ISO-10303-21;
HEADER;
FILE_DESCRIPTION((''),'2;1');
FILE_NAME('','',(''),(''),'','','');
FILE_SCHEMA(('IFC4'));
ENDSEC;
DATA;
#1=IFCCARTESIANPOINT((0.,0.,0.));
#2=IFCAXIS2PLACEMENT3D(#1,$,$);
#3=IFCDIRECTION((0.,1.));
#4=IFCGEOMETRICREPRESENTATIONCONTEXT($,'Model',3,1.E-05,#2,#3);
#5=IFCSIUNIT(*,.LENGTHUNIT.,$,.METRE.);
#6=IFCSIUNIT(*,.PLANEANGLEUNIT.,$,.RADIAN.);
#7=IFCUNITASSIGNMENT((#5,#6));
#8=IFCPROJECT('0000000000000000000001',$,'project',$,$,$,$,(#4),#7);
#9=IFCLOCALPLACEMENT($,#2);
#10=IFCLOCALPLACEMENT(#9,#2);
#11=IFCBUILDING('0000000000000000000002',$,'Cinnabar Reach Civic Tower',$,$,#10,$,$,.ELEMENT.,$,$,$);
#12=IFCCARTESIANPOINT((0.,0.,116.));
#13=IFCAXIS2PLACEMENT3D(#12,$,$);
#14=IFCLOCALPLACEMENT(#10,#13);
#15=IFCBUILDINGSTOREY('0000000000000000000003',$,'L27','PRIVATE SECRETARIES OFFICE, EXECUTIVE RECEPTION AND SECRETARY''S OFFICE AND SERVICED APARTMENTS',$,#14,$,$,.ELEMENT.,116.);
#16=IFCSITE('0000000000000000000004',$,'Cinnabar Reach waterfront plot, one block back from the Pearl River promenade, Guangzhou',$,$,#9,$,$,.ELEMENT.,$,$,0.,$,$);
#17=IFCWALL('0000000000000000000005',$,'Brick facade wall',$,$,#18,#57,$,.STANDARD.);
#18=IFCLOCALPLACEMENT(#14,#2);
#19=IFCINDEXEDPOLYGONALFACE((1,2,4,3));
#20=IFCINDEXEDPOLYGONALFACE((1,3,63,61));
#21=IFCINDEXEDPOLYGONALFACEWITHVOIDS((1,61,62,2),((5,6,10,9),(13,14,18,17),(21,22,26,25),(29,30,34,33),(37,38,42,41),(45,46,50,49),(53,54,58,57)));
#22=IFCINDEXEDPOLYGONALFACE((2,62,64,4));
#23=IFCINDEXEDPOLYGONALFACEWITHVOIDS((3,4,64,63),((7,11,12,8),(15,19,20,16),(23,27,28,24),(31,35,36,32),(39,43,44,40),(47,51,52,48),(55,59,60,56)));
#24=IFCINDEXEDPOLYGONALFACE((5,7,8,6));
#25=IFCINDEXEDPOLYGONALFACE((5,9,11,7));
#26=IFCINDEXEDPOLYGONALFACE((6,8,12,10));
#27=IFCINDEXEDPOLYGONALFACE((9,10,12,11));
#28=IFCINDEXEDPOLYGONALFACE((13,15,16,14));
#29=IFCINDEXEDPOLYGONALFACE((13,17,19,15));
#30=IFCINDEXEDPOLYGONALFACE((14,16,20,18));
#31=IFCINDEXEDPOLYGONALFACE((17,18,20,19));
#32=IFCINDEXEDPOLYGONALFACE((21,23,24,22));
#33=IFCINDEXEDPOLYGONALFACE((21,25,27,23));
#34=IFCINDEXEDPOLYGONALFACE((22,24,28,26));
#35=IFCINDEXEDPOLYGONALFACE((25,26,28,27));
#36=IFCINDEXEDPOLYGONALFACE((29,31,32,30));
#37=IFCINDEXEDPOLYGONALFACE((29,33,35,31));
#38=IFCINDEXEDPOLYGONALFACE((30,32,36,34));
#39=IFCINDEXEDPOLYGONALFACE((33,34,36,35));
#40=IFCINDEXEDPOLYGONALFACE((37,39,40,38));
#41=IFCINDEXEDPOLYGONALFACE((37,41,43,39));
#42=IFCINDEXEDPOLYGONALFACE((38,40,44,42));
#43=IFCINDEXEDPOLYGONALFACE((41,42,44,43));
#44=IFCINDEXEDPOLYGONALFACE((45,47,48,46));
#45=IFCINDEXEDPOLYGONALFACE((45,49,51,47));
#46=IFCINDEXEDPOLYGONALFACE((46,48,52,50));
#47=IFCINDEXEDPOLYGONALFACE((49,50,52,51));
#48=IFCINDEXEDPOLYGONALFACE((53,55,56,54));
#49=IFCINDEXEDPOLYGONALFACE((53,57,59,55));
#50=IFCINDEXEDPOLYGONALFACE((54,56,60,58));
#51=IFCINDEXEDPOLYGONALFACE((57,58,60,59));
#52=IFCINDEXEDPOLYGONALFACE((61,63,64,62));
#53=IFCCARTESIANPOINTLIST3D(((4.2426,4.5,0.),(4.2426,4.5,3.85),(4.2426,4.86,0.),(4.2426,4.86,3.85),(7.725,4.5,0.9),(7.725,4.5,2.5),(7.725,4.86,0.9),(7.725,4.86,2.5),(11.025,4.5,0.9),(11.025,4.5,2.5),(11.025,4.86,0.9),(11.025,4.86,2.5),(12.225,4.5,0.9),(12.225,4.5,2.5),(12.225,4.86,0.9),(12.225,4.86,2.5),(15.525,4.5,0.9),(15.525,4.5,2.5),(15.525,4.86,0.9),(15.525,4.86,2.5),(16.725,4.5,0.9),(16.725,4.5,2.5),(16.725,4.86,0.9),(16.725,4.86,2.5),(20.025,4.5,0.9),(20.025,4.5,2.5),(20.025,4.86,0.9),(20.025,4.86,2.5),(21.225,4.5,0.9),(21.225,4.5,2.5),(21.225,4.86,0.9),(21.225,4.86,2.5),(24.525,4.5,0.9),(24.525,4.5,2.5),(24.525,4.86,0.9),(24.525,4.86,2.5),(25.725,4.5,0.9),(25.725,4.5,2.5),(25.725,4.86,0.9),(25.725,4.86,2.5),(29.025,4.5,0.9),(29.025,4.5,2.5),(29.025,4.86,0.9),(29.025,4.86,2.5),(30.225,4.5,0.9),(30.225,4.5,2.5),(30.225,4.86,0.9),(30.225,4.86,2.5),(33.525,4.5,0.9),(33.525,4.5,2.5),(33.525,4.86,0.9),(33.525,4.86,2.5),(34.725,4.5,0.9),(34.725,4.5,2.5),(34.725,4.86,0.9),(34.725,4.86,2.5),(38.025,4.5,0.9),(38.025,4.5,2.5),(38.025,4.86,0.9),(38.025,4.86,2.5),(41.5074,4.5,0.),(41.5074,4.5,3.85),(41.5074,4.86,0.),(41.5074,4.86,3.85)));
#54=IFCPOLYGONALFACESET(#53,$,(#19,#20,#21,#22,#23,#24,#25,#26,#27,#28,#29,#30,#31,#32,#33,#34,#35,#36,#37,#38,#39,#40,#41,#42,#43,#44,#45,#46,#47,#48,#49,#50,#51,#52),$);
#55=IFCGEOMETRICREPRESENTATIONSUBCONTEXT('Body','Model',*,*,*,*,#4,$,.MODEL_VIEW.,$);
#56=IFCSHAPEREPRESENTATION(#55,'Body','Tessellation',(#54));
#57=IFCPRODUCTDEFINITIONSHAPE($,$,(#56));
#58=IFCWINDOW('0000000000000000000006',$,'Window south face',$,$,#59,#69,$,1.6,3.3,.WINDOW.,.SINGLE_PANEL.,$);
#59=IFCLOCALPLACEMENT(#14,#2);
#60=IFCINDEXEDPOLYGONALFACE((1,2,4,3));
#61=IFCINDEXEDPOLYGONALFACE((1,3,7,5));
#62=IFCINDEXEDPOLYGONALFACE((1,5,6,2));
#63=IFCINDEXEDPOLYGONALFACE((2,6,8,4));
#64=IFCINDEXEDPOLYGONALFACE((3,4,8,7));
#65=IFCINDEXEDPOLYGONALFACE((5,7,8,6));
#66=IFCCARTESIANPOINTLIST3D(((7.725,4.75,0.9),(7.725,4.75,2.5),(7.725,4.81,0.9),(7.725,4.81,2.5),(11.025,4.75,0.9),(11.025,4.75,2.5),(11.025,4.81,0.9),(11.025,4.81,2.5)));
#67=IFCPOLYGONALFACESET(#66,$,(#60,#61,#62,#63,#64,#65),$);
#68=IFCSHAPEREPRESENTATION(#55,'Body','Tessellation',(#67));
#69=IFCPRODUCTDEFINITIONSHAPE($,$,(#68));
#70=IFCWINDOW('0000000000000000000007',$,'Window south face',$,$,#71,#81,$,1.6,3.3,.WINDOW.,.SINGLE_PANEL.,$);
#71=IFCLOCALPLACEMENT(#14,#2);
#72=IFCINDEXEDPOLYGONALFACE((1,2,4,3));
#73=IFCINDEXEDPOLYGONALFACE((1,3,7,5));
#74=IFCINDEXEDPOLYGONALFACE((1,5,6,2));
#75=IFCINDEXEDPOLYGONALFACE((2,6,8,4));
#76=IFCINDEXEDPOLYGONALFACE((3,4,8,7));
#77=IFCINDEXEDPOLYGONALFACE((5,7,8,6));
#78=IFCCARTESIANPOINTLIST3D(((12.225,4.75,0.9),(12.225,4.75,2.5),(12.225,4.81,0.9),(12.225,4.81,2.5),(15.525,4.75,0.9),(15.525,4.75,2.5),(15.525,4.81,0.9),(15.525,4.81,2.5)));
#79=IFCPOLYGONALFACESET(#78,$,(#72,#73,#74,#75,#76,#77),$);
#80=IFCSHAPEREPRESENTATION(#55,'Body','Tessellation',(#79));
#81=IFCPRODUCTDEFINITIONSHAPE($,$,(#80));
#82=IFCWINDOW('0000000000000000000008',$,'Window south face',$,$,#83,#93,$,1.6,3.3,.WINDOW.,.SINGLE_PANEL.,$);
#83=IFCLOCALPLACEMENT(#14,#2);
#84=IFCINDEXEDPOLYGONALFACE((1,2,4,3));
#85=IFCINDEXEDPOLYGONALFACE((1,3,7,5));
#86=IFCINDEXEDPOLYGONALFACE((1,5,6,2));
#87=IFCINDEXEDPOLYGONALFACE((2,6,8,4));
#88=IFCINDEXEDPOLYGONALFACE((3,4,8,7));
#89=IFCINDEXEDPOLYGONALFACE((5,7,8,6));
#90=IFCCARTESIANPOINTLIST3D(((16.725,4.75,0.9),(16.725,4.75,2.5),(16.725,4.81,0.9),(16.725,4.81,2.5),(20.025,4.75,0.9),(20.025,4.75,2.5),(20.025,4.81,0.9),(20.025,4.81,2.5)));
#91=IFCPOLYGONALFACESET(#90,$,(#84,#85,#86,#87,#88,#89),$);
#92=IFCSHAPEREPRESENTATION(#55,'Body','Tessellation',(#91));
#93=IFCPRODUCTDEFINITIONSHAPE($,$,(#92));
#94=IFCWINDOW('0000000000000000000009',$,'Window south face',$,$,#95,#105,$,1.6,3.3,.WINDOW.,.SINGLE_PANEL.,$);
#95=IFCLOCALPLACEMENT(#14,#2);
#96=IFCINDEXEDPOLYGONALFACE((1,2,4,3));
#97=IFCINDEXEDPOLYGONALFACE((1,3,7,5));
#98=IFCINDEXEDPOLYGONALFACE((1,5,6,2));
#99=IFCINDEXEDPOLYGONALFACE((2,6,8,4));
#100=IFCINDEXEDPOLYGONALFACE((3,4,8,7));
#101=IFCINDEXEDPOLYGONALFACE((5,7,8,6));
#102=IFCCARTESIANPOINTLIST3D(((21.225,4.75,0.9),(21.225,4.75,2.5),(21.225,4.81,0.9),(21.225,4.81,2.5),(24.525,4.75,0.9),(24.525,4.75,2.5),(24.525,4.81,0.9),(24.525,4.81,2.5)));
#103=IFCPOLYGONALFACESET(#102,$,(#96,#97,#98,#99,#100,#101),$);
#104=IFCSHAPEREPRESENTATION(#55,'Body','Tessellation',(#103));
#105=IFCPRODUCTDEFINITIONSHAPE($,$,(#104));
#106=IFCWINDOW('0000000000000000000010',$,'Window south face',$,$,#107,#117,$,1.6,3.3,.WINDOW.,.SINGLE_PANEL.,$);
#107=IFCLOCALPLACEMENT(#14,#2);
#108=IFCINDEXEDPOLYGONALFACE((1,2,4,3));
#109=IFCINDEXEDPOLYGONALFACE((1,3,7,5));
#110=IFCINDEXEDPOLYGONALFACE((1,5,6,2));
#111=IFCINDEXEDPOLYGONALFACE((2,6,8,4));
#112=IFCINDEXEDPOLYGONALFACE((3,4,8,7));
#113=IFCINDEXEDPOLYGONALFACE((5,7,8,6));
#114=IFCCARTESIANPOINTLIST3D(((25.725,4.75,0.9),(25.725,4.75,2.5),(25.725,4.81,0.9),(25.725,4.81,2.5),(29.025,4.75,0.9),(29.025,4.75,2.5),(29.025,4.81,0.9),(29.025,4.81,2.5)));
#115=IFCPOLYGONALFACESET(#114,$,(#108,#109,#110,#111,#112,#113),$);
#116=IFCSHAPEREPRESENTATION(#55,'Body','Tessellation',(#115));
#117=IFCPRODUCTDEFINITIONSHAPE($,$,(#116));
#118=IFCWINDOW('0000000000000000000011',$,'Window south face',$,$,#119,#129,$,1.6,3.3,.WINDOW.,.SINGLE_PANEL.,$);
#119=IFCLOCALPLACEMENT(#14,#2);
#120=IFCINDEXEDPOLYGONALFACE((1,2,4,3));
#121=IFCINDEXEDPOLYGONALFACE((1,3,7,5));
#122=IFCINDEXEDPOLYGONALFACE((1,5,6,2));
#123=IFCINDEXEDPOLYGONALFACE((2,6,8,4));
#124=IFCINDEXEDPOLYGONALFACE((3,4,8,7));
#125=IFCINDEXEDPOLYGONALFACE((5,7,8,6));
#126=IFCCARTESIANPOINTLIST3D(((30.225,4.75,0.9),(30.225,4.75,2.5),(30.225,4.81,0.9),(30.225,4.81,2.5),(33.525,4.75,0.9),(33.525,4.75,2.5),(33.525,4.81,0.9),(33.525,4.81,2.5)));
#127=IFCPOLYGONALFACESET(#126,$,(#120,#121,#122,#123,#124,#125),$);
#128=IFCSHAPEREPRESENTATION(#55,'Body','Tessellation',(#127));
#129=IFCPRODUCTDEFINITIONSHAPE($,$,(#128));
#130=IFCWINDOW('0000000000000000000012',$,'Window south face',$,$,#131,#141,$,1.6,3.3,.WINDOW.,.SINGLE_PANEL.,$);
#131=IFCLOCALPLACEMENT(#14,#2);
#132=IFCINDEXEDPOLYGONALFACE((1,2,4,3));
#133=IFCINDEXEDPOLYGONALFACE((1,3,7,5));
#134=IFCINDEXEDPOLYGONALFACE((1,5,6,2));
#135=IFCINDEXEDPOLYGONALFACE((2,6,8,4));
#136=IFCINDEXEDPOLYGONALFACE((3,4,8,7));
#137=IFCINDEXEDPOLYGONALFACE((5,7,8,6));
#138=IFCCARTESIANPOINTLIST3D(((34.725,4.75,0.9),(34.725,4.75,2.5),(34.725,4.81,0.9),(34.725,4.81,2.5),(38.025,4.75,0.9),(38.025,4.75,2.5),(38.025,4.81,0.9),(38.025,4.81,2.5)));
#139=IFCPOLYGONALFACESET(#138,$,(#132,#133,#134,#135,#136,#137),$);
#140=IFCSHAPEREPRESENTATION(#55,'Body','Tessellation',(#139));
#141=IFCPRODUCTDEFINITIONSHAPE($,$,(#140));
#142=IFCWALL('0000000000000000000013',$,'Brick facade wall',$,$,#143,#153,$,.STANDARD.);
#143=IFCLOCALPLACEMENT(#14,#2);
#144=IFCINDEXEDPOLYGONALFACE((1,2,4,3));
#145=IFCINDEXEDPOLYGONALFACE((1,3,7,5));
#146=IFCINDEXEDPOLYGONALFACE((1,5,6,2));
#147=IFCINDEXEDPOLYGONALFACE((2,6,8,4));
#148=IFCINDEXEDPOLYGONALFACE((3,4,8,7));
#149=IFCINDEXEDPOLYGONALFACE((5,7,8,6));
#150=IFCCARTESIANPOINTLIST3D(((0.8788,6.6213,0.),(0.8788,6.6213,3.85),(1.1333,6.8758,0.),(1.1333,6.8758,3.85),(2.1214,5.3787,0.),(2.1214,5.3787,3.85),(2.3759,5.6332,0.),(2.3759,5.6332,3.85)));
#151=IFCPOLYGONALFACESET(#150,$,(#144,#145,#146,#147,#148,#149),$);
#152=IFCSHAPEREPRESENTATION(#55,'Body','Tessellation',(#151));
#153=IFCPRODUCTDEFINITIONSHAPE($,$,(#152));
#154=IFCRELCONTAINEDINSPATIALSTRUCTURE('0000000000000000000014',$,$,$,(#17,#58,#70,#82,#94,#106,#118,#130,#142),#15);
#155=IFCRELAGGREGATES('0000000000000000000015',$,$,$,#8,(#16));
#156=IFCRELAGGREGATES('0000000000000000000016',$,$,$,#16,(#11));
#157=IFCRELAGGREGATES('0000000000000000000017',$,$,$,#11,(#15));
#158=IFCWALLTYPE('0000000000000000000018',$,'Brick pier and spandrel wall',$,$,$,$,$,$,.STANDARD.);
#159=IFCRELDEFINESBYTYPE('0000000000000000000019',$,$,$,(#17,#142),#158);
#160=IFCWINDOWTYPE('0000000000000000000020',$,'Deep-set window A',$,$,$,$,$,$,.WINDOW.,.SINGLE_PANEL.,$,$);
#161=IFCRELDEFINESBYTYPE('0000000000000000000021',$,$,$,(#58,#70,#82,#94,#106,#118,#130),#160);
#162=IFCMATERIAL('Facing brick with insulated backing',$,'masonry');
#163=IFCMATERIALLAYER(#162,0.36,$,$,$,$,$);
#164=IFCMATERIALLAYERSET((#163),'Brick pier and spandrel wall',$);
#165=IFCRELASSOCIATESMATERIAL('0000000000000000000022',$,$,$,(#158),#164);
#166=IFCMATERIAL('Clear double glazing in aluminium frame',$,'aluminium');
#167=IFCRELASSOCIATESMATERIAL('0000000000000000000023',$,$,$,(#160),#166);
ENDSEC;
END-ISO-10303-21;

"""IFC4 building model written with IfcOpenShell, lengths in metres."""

from ifc_helpers import new_model, si_unit, direction, frame, frame_2d, origin, place, context, subcontext, project, spatial, rectangle, extrude, material, layer, layer_set, type_object, element, fill, save


model = new_model("IFC4")

# Units and contexts
model_context = context("Model", 3, precision=1e-05, world=origin(), true_north=direction((0.0, 1.0)))
body_context = subcontext(model_context, "Body", "Model", "MODEL_VIEW")
ifc_project = project(units=[si_unit("LENGTHUNIT", "METRE"), si_unit("PLANEANGLEUNIT", "RADIAN")], contexts=[model_context])

# Site, building, storey
site_placement = place(None, origin())
site = spatial("IfcSite", under=ifc_project, at=site_placement, Name="Cinnabar Reach waterfront plot, one block back from the Pearl River promenade, Guangzhou", CompositionType="ELEMENT", RefElevation=0.0)
building_placement = place(site_placement, origin())
building = spatial("IfcBuilding", under=site, at=building_placement, Name="Cinnabar Reach Civic Tower", CompositionType="ELEMENT")
storey_placement = place(building_placement, frame((0.0, 0.0, 116.0)))
storey = spatial("IfcBuildingStorey", under=building, at=storey_placement, Name="L27", Description="PRIVATE SECRETARIES OFFICE, EXECUTIVE RECEPTION AND SECRETARY'S OFFICE AND SERVICED APARTMENTS", CompositionType="ELEMENT", Elevation=116.0)

# Shared definitions
ifc_material_1 = material(Name="Facing brick with insulated backing", Category="masonry")

# Wall, openings, windows
ifc_layer_1 = layer(ifc_material_1, 0.36)
ifc_layer_set_1 = layer_set([ifc_layer_1], Name="Brick pier and spandrel wall")
wall_type_1 = type_object("IfcWallType", Name="Brick pier and spandrel wall", PredefinedType="STANDARD", material=ifc_layer_set_1)
wall_1_placement = place(storey_placement, frame((4.2426, 4.68, 0.0), z_axis=(0.0, 0.0, 1.0), x_axis=(1.0, 0.0, 0.0)))
wall_1 = element("IfcWall", 1, at=wall_1_placement, inside=storey, type_object=wall_type_1, Name="Brick facade wall", PredefinedType="STANDARD", context=body_context, shape_type="SweptSolid", body=[
    extrude(rectangle(XDim=37.2648, YDim=0.36, at=frame_2d((18.6324, 0.0))), origin(), (0.0, 0.0, 1.0), 3.85),
])
opening_1_placement = place(wall_1_placement, frame((3.4824, 0.0, 0.9)))
opening_1 = element("IfcOpeningElement", 2, at=opening_1_placement, cuts=wall_1, PredefinedType="OPENING", context=body_context, shape_type="SweptSolid", body=[
    extrude(rectangle(XDim=3.3, YDim=1.6, at=frame_2d((1.65, 0.8))), frame((0.0, 0.19, 0.0), z_axis=(0.0, -1.0, 0.0), x_axis=(1.0, 0.0, 0.0)), (0.0, 0.0, 1.0), 0.38),
])
opening_2_placement = place(wall_1_placement, frame((7.9824, 0.0, 0.9)))
opening_2 = element("IfcOpeningElement", 3, at=opening_2_placement, cuts=wall_1, PredefinedType="OPENING", context=body_context, shape_type="SweptSolid", body=[
    extrude(rectangle(XDim=3.3, YDim=1.6, at=frame_2d((1.65, 0.8))), frame((0.0, 0.19, 0.0), z_axis=(0.0, -1.0, 0.0), x_axis=(1.0, 0.0, 0.0)), (0.0, 0.0, 1.0), 0.38),
])
opening_3_placement = place(wall_1_placement, frame((12.4824, 0.0, 0.9)))
opening_3 = element("IfcOpeningElement", 4, at=opening_3_placement, cuts=wall_1, PredefinedType="OPENING", context=body_context, shape_type="SweptSolid", body=[
    extrude(rectangle(XDim=3.3, YDim=1.6, at=frame_2d((1.65, 0.8))), frame((0.0, 0.19, 0.0), z_axis=(0.0, -1.0, 0.0), x_axis=(1.0, 0.0, 0.0)), (0.0, 0.0, 1.0), 0.38),
])
opening_4_placement = place(wall_1_placement, frame((16.9824, 0.0, 0.9)))
opening_4 = element("IfcOpeningElement", 5, at=opening_4_placement, cuts=wall_1, PredefinedType="OPENING", context=body_context, shape_type="SweptSolid", body=[
    extrude(rectangle(XDim=3.3, YDim=1.6, at=frame_2d((1.65, 0.8))), frame((0.0, 0.19, 0.0), z_axis=(0.0, -1.0, 0.0), x_axis=(1.0, 0.0, 0.0)), (0.0, 0.0, 1.0), 0.38),
])
opening_5_placement = place(wall_1_placement, frame((21.4824, 0.0, 0.9)))
opening_5 = element("IfcOpeningElement", 6, at=opening_5_placement, cuts=wall_1, PredefinedType="OPENING", context=body_context, shape_type="SweptSolid", body=[
    extrude(rectangle(XDim=3.3, YDim=1.6, at=frame_2d((1.65, 0.8))), frame((0.0, 0.19, 0.0), z_axis=(0.0, -1.0, 0.0), x_axis=(1.0, 0.0, 0.0)), (0.0, 0.0, 1.0), 0.38),
])
opening_6_placement = place(wall_1_placement, frame((25.9824, 0.0, 0.9)))
opening_6 = element("IfcOpeningElement", 7, at=opening_6_placement, cuts=wall_1, PredefinedType="OPENING", context=body_context, shape_type="SweptSolid", body=[
    extrude(rectangle(XDim=3.3, YDim=1.6, at=frame_2d((1.65, 0.8))), frame((0.0, 0.19, 0.0), z_axis=(0.0, -1.0, 0.0), x_axis=(1.0, 0.0, 0.0)), (0.0, 0.0, 1.0), 0.38),
])
opening_7_placement = place(wall_1_placement, frame((30.4824, 0.0, 0.9)))
opening_7 = element("IfcOpeningElement", 8, at=opening_7_placement, cuts=wall_1, PredefinedType="OPENING", context=body_context, shape_type="SweptSolid", body=[
    extrude(rectangle(XDim=3.3, YDim=1.6, at=frame_2d((1.65, 0.8))), frame((0.0, 0.19, 0.0), z_axis=(0.0, -1.0, 0.0), x_axis=(1.0, 0.0, 0.0)), (0.0, 0.0, 1.0), 0.38),
])
ifc_material_2 = material(Name="Clear double glazing in aluminium frame", Category="aluminium")
window_type = type_object("IfcWindowType", Name="Deep-set window A", PartitioningType="SINGLE_PANEL", PredefinedType="WINDOW", material=ifc_material_2)
window_1_placement = place(opening_1_placement, origin())
window_1 = element("IfcWindow", 9, at=window_1_placement, inside=storey, type_object=window_type, Name="Window south face", OverallHeight=1.6, OverallWidth=3.3, PartitioningType="SINGLE_PANEL", PredefinedType="WINDOW", context=body_context, shape_type="SweptSolid", body=[
    extrude(rectangle(XDim=3.3, YDim=1.6, at=frame_2d((1.65, 0.8))), frame((0.0, 0.13, 0.0), z_axis=(0.0, -1.0, 0.0), x_axis=(1.0, 0.0, 0.0)), (0.0, 0.0, 1.0), 0.06),
])
fill(opening_1, window_1)
window_2_placement = place(opening_2_placement, origin())
window_2 = element("IfcWindow", 10, at=window_2_placement, inside=storey, type_object=window_type, Name="Window south face", OverallHeight=1.6, OverallWidth=3.3, PartitioningType="SINGLE_PANEL", PredefinedType="WINDOW", context=body_context, shape_type="SweptSolid", body=[
    extrude(rectangle(XDim=3.3, YDim=1.6, at=frame_2d((1.65, 0.8))), frame((0.0, 0.13, 0.0), z_axis=(0.0, -1.0, 0.0), x_axis=(1.0, 0.0, 0.0)), (0.0, 0.0, 1.0), 0.06),
])
fill(opening_2, window_2)
window_3_placement = place(opening_3_placement, origin())
window_3 = element("IfcWindow", 11, at=window_3_placement, inside=storey, type_object=window_type, Name="Window south face", OverallHeight=1.6, OverallWidth=3.3, PartitioningType="SINGLE_PANEL", PredefinedType="WINDOW", context=body_context, shape_type="SweptSolid", body=[
    extrude(rectangle(XDim=3.3, YDim=1.6, at=frame_2d((1.65, 0.8))), frame((0.0, 0.13, 0.0), z_axis=(0.0, -1.0, 0.0), x_axis=(1.0, 0.0, 0.0)), (0.0, 0.0, 1.0), 0.06),
])
fill(opening_3, window_3)
window_4_placement = place(opening_4_placement, origin())
window_4 = element("IfcWindow", 12, at=window_4_placement, inside=storey, type_object=window_type, Name="Window south face", OverallHeight=1.6, OverallWidth=3.3, PartitioningType="SINGLE_PANEL", PredefinedType="WINDOW", context=body_context, shape_type="SweptSolid", body=[
    extrude(rectangle(XDim=3.3, YDim=1.6, at=frame_2d((1.65, 0.8))), frame((0.0, 0.13, 0.0), z_axis=(0.0, -1.0, 0.0), x_axis=(1.0, 0.0, 0.0)), (0.0, 0.0, 1.0), 0.06),
])
fill(opening_4, window_4)
window_5_placement = place(opening_5_placement, origin())
window_5 = element("IfcWindow", 13, at=window_5_placement, inside=storey, type_object=window_type, Name="Window south face", OverallHeight=1.6, OverallWidth=3.3, PartitioningType="SINGLE_PANEL", PredefinedType="WINDOW", context=body_context, shape_type="SweptSolid", body=[
    extrude(rectangle(XDim=3.3, YDim=1.6, at=frame_2d((1.65, 0.8))), frame((0.0, 0.13, 0.0), z_axis=(0.0, -1.0, 0.0), x_axis=(1.0, 0.0, 0.0)), (0.0, 0.0, 1.0), 0.06),
])
fill(opening_5, window_5)
window_6_placement = place(opening_6_placement, origin())
window_6 = element("IfcWindow", 14, at=window_6_placement, inside=storey, type_object=window_type, Name="Window south face", OverallHeight=1.6, OverallWidth=3.3, PartitioningType="SINGLE_PANEL", PredefinedType="WINDOW", context=body_context, shape_type="SweptSolid", body=[
    extrude(rectangle(XDim=3.3, YDim=1.6, at=frame_2d((1.65, 0.8))), frame((0.0, 0.13, 0.0), z_axis=(0.0, -1.0, 0.0), x_axis=(1.0, 0.0, 0.0)), (0.0, 0.0, 1.0), 0.06),
])
fill(opening_6, window_6)
window_7_placement = place(opening_7_placement, origin())
window_7 = element("IfcWindow", 15, at=window_7_placement, inside=storey, type_object=window_type, Name="Window south face", OverallHeight=1.6, OverallWidth=3.3, PartitioningType="SINGLE_PANEL", PredefinedType="WINDOW", context=body_context, shape_type="SweptSolid", body=[
    extrude(rectangle(XDim=3.3, YDim=1.6, at=frame_2d((1.65, 0.8))), frame((0.0, 0.13, 0.0), z_axis=(0.0, -1.0, 0.0), x_axis=(1.0, 0.0, 0.0)), (0.0, 0.0, 1.0), 0.06),
])
fill(opening_7, window_7)

# Wall
wall_2_placement = place(storey_placement, frame((1.006, 6.7486, 0.0), z_axis=(0.0, 0.0, 1.0), x_axis=(0.707107, -0.707107, 0.0)))
element("IfcWall", 16, at=wall_2_placement, inside=storey, type_object=wall_type_1, Name="Brick facade wall", PredefinedType="STANDARD", context=body_context, shape_type="SweptSolid", body=[
    extrude(rectangle(XDim=1.7573, YDim=0.36, at=frame_2d((0.8787, 0.0))), origin(), (0.0, 0.0, 1.0), 3.85),
])

save(model, "model.ifc")
